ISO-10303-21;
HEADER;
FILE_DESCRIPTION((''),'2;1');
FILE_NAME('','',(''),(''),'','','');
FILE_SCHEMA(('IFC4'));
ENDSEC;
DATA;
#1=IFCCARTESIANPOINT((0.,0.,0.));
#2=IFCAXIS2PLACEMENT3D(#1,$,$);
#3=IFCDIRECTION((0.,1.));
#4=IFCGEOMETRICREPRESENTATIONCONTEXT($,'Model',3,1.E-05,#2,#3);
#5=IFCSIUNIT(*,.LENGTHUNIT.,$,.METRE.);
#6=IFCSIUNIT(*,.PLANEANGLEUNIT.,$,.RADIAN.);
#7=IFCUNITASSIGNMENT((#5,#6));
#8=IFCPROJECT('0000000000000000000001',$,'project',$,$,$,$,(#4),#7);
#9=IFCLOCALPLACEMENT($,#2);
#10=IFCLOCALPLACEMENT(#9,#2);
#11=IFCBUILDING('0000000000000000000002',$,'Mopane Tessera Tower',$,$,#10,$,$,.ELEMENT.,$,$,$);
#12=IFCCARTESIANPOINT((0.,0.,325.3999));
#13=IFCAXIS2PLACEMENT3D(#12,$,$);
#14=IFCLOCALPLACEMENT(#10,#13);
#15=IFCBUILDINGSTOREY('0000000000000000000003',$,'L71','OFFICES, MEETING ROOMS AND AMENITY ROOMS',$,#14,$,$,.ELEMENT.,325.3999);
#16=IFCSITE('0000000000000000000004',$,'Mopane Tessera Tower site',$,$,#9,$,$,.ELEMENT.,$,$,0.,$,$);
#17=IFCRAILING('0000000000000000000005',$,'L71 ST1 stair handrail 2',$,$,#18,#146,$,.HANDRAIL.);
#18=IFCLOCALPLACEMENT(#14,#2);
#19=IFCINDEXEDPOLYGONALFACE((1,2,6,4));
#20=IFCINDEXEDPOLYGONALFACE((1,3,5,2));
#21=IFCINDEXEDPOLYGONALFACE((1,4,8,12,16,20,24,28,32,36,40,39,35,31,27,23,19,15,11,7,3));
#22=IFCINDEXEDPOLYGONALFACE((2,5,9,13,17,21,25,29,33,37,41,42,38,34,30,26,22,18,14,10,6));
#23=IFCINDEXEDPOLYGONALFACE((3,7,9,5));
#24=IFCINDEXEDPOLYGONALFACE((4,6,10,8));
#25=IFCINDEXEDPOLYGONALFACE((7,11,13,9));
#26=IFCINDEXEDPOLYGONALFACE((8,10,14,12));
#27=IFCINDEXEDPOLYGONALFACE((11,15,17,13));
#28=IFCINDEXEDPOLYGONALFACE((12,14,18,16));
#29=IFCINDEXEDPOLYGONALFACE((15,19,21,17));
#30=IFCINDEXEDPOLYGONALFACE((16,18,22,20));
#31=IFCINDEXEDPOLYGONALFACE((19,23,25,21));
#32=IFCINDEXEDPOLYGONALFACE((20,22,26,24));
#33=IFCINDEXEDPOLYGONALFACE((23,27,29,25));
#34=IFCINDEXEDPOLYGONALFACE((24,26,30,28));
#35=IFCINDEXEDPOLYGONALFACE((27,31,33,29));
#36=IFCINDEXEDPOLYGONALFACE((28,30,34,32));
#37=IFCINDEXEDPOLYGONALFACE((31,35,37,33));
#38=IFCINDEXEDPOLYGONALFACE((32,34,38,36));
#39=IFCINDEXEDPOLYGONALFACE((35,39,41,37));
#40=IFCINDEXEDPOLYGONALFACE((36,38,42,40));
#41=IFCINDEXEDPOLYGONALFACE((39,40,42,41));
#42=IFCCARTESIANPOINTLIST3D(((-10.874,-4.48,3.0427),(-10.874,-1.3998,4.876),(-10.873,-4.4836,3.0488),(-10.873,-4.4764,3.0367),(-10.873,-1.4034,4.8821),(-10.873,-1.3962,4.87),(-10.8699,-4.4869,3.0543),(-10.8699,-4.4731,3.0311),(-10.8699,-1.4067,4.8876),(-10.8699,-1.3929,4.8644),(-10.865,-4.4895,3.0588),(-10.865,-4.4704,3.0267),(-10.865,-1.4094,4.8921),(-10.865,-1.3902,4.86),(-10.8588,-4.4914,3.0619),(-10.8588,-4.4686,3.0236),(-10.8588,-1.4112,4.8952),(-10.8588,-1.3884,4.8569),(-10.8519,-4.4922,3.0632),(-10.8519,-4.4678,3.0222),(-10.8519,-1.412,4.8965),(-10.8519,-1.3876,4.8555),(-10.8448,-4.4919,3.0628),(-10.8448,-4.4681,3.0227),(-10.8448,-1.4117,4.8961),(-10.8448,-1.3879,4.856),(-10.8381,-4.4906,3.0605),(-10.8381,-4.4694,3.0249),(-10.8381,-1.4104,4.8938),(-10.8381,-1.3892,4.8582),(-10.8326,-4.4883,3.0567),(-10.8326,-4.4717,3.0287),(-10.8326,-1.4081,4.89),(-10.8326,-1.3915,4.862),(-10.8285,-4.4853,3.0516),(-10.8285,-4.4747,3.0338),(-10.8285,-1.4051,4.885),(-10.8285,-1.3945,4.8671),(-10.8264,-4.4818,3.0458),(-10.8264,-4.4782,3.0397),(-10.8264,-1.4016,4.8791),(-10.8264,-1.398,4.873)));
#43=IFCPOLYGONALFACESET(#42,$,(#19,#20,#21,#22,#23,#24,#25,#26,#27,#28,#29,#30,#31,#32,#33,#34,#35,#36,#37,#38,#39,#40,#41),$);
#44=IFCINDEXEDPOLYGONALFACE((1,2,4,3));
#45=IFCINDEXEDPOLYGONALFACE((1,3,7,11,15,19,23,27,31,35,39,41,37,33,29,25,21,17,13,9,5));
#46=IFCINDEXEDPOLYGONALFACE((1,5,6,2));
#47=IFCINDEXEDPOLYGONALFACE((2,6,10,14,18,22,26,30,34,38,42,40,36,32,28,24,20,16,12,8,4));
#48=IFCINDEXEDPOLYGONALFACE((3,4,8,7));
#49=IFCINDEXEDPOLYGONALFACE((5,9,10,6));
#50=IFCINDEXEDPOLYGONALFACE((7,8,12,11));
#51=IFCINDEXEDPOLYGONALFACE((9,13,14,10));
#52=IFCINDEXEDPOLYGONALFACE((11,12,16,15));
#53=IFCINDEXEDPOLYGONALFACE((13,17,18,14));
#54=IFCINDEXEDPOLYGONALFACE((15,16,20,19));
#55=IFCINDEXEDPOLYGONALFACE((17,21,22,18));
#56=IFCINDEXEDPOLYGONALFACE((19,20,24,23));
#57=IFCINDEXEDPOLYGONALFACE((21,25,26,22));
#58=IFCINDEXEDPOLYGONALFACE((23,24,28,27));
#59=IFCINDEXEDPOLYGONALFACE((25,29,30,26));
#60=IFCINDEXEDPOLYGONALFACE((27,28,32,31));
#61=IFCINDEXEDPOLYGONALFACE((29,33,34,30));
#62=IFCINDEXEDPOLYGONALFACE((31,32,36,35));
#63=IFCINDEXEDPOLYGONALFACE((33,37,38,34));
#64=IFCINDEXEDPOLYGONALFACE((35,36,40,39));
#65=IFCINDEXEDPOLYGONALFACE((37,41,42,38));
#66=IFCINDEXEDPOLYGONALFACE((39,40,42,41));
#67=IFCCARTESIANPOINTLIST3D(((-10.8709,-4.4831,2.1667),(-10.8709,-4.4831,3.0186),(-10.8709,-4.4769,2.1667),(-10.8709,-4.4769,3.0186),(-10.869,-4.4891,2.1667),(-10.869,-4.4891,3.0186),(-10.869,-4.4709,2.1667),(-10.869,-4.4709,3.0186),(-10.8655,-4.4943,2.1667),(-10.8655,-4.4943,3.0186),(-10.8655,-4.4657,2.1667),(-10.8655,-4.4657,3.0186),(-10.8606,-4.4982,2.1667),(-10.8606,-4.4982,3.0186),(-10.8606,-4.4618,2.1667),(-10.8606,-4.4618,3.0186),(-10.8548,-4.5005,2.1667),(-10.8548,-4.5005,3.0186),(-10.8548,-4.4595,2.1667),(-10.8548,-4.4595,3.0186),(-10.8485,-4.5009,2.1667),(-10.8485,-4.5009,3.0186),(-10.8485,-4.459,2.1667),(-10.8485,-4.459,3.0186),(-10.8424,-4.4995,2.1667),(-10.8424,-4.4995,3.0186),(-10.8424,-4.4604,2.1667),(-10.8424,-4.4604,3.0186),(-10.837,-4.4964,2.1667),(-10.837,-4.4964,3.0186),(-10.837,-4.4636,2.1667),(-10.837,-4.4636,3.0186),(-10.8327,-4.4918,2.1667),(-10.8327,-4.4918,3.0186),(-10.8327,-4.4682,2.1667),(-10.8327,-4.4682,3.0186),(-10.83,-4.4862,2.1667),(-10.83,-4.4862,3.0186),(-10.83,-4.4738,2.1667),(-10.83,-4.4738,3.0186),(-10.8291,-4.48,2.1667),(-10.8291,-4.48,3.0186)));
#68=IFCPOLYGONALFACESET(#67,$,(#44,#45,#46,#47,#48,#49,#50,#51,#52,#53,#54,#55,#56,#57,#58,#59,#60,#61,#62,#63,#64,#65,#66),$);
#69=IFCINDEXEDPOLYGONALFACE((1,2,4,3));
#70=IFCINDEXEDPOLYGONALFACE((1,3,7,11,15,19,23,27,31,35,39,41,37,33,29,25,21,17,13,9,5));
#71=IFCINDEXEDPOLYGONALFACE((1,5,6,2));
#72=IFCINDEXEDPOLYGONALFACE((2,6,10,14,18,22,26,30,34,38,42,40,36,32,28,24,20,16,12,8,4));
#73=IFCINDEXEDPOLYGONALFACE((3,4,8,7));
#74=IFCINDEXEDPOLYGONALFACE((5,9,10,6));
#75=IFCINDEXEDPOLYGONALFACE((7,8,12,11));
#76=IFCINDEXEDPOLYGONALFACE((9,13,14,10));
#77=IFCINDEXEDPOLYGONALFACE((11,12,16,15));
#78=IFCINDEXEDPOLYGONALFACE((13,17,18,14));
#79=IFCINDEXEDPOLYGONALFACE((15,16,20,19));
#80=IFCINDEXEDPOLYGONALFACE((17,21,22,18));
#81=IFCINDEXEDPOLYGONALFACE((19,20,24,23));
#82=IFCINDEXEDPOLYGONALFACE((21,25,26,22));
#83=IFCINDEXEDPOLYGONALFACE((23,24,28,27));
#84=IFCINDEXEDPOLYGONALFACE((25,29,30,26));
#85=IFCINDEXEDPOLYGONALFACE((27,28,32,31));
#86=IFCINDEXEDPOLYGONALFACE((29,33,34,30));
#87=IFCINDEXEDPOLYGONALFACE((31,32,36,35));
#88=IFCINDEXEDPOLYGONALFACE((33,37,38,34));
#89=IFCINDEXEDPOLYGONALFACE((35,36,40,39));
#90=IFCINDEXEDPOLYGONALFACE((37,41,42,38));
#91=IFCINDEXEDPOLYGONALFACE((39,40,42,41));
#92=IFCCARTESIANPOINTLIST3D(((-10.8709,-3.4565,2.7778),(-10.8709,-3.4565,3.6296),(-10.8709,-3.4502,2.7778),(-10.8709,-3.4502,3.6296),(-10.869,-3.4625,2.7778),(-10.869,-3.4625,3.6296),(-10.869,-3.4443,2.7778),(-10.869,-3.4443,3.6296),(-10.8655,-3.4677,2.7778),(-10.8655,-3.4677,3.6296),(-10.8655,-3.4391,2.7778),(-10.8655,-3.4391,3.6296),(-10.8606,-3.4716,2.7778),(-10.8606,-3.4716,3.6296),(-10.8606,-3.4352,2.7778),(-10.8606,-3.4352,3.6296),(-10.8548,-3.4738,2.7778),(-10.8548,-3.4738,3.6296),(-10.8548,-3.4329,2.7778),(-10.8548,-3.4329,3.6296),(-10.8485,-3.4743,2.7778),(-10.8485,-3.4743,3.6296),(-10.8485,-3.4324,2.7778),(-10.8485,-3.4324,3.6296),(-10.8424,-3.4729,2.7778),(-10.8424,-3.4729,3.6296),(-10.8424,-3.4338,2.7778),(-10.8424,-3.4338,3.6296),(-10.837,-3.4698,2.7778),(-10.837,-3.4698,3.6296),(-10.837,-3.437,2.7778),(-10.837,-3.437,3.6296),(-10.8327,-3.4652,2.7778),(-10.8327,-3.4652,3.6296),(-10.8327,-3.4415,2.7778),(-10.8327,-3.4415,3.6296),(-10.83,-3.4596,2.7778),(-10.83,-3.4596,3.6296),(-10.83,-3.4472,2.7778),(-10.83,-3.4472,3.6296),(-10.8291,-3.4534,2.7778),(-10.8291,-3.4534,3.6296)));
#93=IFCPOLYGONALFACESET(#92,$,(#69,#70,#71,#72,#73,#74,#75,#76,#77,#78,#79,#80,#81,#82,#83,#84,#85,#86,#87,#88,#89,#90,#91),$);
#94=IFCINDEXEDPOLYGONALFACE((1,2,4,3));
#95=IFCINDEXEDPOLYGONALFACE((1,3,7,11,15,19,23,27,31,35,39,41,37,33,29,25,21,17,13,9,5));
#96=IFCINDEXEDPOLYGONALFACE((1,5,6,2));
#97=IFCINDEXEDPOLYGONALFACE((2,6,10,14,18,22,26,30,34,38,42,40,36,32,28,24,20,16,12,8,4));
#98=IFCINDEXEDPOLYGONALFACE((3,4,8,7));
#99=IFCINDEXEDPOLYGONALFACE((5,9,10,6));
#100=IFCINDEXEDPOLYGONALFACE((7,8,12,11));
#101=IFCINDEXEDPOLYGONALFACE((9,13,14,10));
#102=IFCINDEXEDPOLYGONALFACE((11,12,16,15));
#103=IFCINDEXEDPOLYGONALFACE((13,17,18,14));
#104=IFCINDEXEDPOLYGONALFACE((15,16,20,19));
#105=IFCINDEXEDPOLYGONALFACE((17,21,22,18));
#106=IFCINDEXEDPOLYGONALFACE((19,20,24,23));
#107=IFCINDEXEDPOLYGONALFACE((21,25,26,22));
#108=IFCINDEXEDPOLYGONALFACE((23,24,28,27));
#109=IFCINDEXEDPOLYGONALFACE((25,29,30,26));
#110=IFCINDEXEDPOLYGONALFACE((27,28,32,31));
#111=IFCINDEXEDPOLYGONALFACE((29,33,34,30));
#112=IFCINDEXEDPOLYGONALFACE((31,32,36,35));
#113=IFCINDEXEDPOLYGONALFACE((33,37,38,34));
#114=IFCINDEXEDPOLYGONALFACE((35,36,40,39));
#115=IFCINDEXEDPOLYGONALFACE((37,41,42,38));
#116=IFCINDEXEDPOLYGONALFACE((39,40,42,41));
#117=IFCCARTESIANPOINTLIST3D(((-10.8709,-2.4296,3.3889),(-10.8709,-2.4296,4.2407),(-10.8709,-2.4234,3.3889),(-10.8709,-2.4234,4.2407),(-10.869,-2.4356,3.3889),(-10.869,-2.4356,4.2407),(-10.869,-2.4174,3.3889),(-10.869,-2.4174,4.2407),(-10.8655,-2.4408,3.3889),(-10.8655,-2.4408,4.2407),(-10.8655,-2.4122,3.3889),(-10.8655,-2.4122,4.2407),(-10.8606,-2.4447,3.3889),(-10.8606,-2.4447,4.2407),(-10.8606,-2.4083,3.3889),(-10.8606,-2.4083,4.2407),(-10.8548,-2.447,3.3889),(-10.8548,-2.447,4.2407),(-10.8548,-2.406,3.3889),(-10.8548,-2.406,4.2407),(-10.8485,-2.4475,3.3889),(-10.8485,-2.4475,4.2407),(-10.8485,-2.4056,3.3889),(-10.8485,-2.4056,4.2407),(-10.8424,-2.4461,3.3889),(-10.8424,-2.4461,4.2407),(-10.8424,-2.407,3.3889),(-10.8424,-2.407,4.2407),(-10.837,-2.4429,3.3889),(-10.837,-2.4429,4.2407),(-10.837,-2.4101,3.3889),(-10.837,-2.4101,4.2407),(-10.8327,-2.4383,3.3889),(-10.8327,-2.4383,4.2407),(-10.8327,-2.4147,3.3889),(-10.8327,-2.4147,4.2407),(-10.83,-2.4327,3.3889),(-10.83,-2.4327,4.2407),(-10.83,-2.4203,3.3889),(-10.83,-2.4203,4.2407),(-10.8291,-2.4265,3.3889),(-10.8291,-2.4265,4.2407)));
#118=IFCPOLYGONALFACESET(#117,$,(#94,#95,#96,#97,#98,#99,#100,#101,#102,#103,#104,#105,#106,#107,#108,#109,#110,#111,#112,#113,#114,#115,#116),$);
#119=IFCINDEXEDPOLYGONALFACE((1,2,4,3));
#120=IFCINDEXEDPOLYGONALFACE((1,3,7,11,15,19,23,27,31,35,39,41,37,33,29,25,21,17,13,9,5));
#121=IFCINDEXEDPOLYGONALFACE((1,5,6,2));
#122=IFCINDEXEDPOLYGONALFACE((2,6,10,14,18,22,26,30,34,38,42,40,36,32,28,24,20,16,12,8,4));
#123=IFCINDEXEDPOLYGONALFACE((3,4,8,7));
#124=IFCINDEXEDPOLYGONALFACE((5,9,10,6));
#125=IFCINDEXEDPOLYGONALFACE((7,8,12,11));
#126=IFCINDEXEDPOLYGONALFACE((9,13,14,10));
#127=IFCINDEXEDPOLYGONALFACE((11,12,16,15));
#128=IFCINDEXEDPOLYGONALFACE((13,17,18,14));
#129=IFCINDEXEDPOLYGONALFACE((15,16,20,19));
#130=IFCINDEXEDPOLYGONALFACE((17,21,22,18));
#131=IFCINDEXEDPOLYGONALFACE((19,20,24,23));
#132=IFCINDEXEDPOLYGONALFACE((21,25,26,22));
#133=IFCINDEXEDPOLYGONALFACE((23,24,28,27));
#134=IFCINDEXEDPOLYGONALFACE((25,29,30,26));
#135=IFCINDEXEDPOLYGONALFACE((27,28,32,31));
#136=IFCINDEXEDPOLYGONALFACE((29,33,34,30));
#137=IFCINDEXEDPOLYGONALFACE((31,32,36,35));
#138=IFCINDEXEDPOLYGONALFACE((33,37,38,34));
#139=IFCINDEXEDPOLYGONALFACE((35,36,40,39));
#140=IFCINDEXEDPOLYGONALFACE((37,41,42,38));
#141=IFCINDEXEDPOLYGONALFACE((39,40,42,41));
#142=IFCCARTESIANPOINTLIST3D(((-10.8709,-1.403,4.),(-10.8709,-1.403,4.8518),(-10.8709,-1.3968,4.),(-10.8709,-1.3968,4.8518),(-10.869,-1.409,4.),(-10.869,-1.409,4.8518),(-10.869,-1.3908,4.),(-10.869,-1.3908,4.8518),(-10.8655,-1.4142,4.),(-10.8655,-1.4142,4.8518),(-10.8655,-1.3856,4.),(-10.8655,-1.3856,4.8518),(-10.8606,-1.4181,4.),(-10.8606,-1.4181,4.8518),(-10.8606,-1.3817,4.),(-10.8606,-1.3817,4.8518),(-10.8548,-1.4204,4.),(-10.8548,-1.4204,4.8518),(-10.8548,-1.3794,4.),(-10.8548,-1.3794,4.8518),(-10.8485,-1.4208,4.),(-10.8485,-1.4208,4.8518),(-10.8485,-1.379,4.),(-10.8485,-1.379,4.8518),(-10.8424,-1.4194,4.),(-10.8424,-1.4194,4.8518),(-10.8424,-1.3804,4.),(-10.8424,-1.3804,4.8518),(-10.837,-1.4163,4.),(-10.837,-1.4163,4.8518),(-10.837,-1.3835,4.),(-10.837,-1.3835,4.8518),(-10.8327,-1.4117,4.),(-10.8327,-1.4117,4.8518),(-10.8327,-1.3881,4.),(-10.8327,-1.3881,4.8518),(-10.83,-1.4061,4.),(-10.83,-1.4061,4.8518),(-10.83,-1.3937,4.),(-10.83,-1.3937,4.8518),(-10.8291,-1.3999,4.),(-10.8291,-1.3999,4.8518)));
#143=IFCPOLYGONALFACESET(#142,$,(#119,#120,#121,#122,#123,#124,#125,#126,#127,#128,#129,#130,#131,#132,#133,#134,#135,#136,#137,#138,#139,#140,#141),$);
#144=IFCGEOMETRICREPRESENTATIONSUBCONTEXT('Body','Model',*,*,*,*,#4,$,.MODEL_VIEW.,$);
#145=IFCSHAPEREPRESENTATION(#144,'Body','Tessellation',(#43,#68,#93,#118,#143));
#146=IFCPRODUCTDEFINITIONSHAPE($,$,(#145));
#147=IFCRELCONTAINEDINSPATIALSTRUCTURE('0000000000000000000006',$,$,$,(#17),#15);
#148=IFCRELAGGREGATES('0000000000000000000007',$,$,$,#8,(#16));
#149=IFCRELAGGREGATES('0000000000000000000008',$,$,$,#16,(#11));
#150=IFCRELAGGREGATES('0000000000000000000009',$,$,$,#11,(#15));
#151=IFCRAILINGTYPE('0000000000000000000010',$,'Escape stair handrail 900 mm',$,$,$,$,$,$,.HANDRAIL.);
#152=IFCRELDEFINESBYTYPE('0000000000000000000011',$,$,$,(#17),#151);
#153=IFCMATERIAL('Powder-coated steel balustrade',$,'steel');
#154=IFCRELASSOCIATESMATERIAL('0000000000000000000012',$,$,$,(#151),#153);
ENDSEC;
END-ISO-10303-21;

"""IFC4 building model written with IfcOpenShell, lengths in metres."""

from ifc_helpers import new_model, si_unit, direction, frame, origin, origin_2d, place, context, subcontext, project, spatial, circle, extrude, material, type_object, element, save


model = new_model("IFC4")

# Units and contexts
model_context = context("Model", 3, precision=1e-05, world=origin(), true_north=direction((0.0, 1.0)))
body_context = subcontext(model_context, "Body", "Model", "MODEL_VIEW")
ifc_project = project(units=[si_unit("LENGTHUNIT", "METRE"), si_unit("PLANEANGLEUNIT", "RADIAN")], contexts=[model_context])

# Site, building, storey
site_placement = place(None, origin())
site = spatial("IfcSite", under=ifc_project, at=site_placement, Name="Mopane Tessera Tower site", CompositionType="ELEMENT", RefElevation=0.0)
building_placement = place(site_placement, origin())
building = spatial("IfcBuilding", under=site, at=building_placement, Name="Mopane Tessera Tower", CompositionType="ELEMENT")
storey_placement = place(building_placement, frame((0.0, 0.0, 325.3999)))
storey = spatial("IfcBuildingStorey", under=building, at=storey_placement, Name="L71", Description="OFFICES, MEETING ROOMS AND AMENITY ROOMS", CompositionType="ELEMENT", Elevation=325.3999)

# Railing
ifc_material_1 = material(Name="Powder-coated steel balustrade", Category="steel")
railing_type_1 = type_object("IfcRailingType", Name="Escape stair handrail 900 mm", PredefinedType="HANDRAIL", material=ifc_material_1)
railing_1_placement = place(storey_placement, frame((-10.8501, -4.48, 2.1667)))
element("IfcRailing", 1, at=railing_1_placement, inside=storey, type_object=railing_type_1, Name="L71 ST1 stair handrail 2", PredefinedType="HANDRAIL", context=body_context, shape_type="SweptSolid", body=[
    extrude(circle(Radius=0.0239, at=origin_2d()), frame((0.0, 0.0, 0.876), z_axis=(0.0, 0.859309, 0.511458), x_axis=(-1.0, 0.0, 0.0)), (0.0, 0.0, 1.0), 3.5845),
    extrude(circle(Radius=0.021, at=origin_2d()), origin(), (0.0, 0.0, 1.0), 0.8518),
    extrude(circle(Radius=0.021, at=origin_2d()), frame((0.0, 1.0266, 0.6111)), (0.0, 0.0, 1.0), 0.8518),
    extrude(circle(Radius=0.021, at=origin_2d()), frame((0.0, 2.0535, 1.2222)), (0.0, 0.0, 1.0), 0.8518),
    extrude(circle(Radius=0.021, at=origin_2d()), frame((0.0, 3.0801, 1.8333)), (0.0, 0.0, 1.0), 0.8518),
])

save(model, "model.ifc")
